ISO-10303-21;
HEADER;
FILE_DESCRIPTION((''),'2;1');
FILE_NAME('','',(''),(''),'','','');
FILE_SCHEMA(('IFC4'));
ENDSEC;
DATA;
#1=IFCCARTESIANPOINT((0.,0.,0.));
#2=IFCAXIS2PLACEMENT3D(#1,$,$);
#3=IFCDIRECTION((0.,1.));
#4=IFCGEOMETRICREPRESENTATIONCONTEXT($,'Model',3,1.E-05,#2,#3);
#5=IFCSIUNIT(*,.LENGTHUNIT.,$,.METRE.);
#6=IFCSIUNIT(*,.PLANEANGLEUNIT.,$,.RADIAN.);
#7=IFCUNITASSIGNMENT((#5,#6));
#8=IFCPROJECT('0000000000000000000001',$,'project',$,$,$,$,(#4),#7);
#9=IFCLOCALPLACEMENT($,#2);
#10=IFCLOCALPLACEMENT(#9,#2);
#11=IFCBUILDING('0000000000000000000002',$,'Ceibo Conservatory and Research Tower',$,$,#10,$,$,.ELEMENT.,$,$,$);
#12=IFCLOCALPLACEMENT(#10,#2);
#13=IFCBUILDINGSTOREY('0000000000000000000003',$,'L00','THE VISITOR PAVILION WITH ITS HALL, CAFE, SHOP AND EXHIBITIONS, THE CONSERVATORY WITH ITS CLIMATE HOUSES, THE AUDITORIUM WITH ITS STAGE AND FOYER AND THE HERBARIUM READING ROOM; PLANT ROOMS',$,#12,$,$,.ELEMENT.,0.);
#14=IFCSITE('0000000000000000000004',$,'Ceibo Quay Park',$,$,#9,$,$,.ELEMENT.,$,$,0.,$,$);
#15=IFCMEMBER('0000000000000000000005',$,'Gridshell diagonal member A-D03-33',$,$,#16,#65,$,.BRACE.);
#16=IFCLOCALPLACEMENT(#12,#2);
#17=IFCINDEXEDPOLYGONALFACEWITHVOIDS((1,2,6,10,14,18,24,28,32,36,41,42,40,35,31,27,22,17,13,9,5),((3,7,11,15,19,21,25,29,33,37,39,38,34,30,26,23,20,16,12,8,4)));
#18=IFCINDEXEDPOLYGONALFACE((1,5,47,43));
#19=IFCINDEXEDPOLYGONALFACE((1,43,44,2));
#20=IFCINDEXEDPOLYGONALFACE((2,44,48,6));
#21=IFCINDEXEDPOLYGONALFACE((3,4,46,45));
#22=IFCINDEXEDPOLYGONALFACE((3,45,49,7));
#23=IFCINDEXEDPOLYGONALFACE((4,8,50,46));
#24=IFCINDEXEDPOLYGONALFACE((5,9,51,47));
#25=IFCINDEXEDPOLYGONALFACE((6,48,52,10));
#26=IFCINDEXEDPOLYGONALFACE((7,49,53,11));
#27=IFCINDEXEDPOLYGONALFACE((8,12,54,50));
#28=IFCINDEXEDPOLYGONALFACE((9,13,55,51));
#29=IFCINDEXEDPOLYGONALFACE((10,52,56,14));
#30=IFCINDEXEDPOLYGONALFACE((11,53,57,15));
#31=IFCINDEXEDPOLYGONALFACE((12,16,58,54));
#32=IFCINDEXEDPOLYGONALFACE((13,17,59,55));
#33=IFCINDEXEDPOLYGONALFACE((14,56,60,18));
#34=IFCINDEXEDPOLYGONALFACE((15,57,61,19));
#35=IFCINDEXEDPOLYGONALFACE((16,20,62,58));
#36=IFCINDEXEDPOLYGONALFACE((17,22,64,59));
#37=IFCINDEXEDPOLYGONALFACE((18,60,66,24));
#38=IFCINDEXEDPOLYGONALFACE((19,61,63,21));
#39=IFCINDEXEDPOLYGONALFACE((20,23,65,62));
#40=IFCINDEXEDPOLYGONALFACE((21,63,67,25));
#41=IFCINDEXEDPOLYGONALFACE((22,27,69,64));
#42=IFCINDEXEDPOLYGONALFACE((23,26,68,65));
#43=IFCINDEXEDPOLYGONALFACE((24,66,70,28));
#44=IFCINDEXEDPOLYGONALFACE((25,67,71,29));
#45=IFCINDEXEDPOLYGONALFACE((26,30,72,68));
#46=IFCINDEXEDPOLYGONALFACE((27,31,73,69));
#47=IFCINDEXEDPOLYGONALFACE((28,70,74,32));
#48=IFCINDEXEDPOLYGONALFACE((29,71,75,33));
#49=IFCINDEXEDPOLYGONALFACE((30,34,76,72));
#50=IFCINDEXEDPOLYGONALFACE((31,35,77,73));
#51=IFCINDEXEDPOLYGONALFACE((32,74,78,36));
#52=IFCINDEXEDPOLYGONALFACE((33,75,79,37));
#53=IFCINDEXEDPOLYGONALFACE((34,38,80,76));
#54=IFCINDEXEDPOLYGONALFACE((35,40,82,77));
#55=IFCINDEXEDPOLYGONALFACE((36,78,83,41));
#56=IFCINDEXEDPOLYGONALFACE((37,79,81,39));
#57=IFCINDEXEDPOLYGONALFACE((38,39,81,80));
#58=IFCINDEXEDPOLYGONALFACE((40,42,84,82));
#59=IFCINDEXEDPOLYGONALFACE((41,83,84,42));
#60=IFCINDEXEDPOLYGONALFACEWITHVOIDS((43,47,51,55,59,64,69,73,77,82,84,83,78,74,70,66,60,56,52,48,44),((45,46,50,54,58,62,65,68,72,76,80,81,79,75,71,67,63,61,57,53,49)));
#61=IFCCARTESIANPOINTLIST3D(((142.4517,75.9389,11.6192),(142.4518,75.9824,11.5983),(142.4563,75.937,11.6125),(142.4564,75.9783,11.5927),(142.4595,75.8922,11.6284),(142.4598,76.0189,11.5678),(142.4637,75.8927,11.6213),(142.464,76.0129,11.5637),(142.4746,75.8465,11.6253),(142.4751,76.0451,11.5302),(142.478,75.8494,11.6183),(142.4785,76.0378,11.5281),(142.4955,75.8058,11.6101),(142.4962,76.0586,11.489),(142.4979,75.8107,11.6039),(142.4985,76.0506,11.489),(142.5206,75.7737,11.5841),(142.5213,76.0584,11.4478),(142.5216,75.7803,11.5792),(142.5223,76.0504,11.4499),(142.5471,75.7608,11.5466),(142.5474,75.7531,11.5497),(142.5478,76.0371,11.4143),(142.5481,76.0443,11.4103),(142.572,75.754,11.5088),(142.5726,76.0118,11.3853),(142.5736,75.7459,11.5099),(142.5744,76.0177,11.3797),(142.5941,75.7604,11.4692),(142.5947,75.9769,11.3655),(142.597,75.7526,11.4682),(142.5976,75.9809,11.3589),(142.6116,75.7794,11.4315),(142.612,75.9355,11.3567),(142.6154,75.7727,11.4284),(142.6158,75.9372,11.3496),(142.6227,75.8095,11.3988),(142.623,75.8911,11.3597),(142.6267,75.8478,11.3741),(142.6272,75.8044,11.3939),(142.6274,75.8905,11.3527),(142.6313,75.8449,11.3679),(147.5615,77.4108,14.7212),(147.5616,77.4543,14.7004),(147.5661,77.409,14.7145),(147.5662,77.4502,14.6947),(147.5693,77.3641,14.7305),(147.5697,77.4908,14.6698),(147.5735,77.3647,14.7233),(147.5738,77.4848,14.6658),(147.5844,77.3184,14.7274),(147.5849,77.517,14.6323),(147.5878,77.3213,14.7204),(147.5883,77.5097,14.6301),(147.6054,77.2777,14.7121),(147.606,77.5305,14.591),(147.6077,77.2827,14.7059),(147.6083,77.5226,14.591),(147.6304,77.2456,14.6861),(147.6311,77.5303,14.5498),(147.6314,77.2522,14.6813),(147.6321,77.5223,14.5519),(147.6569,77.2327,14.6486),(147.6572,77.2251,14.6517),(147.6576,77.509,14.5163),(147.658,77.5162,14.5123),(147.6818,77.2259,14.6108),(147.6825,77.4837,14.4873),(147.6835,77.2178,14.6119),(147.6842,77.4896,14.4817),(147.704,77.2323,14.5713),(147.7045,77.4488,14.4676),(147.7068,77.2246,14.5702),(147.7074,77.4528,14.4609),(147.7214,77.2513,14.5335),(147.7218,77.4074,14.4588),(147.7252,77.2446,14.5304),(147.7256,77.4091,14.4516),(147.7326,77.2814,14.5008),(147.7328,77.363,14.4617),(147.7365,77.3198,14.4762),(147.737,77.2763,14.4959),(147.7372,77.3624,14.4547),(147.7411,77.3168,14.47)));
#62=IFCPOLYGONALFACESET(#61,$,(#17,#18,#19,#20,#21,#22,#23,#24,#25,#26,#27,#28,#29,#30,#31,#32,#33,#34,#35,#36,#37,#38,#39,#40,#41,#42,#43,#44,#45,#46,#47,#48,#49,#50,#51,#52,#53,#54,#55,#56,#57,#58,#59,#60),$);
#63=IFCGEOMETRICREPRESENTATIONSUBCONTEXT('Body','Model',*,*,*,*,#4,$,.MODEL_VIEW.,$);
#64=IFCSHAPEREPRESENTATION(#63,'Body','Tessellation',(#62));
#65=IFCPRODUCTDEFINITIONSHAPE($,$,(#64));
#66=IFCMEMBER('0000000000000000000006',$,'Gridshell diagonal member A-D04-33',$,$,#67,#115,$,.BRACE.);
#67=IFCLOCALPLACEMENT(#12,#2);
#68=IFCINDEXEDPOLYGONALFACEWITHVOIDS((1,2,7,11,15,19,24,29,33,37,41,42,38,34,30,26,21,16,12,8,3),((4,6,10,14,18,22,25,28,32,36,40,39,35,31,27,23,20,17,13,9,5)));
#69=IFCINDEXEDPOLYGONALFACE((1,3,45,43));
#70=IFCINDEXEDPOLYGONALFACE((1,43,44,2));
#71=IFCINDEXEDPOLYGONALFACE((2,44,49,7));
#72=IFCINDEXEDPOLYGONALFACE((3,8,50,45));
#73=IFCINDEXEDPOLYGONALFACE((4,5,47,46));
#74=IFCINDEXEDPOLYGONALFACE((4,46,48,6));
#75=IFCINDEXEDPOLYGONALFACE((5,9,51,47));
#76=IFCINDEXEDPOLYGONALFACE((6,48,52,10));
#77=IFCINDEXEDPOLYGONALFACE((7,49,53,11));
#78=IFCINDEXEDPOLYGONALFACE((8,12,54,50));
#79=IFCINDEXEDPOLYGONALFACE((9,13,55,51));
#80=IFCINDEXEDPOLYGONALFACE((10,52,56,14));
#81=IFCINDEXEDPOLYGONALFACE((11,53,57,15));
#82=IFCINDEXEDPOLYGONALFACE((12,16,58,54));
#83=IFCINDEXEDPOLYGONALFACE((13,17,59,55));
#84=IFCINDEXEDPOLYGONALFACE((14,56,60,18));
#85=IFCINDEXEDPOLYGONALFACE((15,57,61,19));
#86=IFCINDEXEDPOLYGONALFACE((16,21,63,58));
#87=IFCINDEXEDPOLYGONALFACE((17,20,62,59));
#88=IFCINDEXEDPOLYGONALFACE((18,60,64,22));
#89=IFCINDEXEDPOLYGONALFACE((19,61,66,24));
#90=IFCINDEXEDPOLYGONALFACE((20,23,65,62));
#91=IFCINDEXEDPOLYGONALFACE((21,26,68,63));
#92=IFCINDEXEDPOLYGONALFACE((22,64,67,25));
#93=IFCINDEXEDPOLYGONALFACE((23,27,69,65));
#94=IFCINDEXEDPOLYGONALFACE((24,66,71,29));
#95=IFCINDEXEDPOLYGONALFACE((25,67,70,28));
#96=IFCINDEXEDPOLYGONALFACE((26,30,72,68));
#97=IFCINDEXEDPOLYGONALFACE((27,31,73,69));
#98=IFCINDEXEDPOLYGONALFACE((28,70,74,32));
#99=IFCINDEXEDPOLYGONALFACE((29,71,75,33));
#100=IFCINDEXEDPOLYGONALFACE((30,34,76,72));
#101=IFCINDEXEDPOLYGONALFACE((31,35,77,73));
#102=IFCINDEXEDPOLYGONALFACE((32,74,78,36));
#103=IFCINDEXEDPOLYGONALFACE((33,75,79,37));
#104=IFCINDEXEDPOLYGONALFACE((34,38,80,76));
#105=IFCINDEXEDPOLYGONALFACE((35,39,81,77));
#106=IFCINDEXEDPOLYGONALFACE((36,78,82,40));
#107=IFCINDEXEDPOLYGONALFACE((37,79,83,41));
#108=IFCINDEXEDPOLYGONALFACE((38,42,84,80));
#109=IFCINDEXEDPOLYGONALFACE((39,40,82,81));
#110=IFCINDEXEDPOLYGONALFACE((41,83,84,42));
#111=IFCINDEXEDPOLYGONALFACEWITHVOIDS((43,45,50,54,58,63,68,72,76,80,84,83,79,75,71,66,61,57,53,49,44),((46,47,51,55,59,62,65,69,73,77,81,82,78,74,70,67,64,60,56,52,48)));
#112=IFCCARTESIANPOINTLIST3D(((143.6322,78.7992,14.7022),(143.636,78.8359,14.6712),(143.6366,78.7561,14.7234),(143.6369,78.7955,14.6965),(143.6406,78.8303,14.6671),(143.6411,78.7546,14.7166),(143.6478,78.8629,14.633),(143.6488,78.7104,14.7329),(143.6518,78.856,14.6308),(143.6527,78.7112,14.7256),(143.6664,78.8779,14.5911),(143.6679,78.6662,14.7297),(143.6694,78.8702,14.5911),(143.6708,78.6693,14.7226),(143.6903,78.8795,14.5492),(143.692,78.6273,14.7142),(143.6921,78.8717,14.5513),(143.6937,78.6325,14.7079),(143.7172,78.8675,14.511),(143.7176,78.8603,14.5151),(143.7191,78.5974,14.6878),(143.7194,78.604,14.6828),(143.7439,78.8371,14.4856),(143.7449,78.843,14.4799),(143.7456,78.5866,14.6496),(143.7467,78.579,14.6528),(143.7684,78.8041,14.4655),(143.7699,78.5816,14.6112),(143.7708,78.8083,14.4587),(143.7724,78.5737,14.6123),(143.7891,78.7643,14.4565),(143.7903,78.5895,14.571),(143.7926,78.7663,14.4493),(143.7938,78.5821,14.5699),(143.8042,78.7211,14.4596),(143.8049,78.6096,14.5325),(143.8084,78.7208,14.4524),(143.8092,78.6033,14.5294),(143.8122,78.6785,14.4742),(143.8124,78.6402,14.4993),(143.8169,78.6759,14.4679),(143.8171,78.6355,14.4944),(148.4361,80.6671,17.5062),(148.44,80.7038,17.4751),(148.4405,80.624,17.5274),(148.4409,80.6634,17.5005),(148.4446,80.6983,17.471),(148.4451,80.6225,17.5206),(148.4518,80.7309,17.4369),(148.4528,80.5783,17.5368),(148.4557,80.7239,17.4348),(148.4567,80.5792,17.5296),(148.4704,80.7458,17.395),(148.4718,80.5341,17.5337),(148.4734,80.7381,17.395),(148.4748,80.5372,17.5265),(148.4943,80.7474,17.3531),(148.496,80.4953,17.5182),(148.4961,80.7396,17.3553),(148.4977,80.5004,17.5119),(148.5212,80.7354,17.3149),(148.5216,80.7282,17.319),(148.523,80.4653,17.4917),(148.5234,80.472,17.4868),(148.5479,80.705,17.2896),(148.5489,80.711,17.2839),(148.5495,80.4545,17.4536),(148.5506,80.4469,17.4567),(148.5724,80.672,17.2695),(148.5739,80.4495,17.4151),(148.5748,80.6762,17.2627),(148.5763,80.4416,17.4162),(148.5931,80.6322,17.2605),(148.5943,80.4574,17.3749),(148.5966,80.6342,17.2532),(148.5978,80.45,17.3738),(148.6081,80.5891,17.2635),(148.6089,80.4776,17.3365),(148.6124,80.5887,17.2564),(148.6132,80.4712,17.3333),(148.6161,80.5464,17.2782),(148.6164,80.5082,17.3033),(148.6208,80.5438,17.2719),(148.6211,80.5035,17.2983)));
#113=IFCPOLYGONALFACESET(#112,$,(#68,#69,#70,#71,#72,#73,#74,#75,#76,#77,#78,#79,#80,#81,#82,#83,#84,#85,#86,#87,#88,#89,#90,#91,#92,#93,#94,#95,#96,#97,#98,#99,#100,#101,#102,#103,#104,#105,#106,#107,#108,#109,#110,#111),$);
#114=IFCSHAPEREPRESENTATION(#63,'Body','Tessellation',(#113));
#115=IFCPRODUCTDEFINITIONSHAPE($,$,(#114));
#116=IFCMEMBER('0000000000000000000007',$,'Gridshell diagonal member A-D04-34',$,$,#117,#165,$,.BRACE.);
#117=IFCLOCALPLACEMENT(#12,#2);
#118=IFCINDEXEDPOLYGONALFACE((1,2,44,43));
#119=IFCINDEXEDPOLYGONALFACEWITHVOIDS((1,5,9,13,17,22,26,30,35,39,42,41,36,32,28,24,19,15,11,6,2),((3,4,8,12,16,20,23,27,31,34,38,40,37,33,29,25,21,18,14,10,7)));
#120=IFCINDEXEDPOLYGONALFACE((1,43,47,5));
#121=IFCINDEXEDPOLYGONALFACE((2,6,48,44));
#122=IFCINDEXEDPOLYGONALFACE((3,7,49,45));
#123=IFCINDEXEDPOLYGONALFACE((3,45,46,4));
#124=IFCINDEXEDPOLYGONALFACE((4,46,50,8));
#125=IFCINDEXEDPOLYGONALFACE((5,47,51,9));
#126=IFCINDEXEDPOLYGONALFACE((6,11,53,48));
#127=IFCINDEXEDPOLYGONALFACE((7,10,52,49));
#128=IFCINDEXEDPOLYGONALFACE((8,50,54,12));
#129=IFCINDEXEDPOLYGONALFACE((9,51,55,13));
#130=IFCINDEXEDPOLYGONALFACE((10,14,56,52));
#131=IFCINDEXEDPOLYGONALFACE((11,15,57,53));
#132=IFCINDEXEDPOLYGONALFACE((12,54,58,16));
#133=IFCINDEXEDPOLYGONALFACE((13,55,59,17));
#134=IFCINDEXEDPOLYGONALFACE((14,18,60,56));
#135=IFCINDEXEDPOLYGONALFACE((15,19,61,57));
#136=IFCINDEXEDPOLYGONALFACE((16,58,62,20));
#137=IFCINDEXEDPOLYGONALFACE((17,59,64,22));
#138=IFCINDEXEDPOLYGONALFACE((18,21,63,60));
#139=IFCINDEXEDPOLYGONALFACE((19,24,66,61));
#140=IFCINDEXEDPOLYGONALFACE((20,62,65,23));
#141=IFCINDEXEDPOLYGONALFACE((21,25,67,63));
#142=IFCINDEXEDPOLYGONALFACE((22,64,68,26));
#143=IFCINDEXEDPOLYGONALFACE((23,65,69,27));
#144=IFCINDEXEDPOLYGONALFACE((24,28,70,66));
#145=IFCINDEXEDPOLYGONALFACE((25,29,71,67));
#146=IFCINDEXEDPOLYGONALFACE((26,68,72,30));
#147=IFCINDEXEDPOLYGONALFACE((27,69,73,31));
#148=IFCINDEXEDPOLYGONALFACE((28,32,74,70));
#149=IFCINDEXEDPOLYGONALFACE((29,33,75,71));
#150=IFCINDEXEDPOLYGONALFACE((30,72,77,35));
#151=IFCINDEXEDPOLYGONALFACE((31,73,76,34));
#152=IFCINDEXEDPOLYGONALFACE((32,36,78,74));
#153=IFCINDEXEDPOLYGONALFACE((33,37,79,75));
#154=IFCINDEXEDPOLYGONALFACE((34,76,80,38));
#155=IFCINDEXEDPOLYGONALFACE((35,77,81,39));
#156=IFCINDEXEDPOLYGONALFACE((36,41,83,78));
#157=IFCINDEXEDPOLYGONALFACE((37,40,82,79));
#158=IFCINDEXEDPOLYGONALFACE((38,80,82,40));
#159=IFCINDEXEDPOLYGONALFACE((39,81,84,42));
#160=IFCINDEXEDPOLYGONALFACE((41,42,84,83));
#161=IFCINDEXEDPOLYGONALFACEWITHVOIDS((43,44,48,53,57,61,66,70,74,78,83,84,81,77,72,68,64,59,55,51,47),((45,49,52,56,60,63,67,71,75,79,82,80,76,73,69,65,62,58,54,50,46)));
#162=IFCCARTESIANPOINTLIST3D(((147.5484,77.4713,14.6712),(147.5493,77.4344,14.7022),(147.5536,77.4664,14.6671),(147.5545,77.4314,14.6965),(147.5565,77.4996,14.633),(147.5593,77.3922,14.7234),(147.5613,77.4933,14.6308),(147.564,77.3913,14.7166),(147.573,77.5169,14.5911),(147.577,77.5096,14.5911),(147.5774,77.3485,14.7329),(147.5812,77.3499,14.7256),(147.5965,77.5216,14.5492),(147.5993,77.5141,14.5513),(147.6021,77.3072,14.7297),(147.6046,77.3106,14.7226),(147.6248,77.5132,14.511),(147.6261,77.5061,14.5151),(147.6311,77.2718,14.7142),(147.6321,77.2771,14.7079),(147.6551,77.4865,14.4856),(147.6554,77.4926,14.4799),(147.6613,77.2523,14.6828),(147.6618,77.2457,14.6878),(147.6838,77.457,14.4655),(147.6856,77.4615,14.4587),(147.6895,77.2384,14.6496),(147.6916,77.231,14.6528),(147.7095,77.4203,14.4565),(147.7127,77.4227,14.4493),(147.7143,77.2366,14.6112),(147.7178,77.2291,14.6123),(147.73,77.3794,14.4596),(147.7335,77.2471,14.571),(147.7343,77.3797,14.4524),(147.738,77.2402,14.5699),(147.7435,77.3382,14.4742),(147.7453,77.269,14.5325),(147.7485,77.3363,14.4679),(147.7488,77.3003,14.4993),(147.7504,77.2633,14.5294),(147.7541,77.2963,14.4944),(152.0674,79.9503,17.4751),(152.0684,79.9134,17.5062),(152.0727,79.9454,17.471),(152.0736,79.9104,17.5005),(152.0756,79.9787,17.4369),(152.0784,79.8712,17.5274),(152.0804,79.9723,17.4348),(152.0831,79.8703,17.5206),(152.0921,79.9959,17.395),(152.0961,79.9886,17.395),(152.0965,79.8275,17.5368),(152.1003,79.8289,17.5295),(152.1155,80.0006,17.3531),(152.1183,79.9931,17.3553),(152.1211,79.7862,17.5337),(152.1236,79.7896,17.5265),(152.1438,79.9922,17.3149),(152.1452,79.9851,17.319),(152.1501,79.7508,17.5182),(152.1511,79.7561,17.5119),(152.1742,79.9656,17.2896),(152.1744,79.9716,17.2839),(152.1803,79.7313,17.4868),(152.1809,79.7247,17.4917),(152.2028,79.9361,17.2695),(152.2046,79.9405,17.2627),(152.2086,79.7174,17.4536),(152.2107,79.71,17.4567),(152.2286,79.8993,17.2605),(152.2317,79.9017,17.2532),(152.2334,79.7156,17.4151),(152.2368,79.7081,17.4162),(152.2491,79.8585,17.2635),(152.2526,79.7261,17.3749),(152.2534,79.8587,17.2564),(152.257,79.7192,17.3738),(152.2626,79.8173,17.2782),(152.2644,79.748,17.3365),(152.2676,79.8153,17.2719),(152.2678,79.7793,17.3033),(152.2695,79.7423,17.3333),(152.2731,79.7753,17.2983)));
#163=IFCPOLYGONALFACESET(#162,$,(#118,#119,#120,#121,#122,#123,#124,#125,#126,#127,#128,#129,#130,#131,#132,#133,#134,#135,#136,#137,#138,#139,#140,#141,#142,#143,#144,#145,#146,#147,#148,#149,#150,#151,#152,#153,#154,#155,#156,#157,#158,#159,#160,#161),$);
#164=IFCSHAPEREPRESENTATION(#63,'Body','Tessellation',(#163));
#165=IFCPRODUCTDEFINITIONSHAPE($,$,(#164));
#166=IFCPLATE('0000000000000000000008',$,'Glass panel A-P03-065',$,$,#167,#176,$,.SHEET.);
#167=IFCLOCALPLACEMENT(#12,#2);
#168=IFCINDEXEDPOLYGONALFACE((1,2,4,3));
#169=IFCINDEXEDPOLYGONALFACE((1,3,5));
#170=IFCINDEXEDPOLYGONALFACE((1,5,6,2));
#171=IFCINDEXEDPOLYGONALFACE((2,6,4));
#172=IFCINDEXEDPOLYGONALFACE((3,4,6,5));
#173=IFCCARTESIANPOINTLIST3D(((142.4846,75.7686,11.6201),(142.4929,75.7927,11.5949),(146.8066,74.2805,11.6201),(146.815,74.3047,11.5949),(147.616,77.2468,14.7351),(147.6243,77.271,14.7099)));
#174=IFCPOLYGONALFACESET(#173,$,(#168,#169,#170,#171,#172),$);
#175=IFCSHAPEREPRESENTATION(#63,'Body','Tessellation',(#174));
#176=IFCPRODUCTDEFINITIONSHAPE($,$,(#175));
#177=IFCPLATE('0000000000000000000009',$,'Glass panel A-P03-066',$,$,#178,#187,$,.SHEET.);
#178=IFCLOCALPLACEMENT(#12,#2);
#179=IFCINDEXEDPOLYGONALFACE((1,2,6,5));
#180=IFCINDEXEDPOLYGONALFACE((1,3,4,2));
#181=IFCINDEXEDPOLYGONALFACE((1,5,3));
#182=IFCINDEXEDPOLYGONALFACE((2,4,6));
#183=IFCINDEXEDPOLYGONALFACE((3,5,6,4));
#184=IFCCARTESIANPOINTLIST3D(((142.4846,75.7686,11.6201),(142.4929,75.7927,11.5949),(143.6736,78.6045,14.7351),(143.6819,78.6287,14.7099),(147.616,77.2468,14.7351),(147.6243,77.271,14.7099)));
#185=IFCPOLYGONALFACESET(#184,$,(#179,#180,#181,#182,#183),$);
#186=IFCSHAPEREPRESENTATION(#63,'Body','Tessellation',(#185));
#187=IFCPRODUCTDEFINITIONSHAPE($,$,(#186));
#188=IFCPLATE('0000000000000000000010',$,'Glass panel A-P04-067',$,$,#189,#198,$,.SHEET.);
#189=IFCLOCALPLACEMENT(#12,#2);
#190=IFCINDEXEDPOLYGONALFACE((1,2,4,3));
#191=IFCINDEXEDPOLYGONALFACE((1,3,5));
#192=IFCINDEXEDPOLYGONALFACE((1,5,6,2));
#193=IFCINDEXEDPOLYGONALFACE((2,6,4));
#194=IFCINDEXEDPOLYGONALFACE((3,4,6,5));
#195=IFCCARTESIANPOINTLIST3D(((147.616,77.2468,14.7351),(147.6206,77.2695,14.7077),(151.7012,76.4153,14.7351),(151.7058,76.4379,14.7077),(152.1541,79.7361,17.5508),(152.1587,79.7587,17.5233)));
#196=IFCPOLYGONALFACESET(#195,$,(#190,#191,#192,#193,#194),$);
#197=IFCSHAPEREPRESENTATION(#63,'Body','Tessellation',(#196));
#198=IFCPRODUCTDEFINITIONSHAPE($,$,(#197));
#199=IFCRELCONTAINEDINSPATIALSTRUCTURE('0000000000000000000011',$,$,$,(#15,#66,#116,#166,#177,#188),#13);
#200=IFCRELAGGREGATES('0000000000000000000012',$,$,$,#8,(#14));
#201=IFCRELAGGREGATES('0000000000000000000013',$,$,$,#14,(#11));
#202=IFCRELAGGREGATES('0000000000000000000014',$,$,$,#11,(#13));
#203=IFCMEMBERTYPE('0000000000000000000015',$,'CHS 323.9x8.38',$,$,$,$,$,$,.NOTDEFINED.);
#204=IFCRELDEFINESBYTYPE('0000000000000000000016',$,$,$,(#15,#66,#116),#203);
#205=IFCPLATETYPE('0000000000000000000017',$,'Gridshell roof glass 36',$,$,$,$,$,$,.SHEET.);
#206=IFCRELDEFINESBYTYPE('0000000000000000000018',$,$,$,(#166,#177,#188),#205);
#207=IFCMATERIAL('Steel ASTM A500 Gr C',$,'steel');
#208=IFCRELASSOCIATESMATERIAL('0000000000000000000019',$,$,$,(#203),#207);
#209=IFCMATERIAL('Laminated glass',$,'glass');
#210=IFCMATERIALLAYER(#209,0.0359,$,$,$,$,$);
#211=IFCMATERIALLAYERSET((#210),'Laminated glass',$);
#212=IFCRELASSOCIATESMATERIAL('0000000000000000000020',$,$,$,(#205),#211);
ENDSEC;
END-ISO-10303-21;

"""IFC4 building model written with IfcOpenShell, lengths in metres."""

from ifc_helpers import new_model, si_unit, direction, frame, origin, origin_2d, place, context, subcontext, project, spatial, polyline, hollow_circle, outline, extrude, material, layer, layer_set, material_profile, profile_set, type_object, element, save


model = new_model("IFC4")

# Units and contexts
model_context = context("Model", 3, precision=1e-05, world=origin(), true_north=direction((0.0, 1.0)))
body_context = subcontext(model_context, "Body", "Model", "MODEL_VIEW")
ifc_project = project(units=[si_unit("LENGTHUNIT", "METRE"), si_unit("PLANEANGLEUNIT", "RADIAN")], contexts=[model_context])

# Site, building, storey
site_placement = place(None, origin())
site = spatial("IfcSite", under=ifc_project, at=site_placement, Name="Ceibo Quay Park", CompositionType="ELEMENT", RefElevation=0.0)
building_placement = place(site_placement, origin())
building = spatial("IfcBuilding", under=site, at=building_placement, Name="Ceibo Conservatory and Research Tower", CompositionType="ELEMENT")
storey_placement = place(building_placement, origin())
storey = spatial("IfcBuildingStorey", under=building, at=storey_placement, Name="L00", Description="THE VISITOR PAVILION WITH ITS HALL, CAFE, SHOP AND EXHIBITIONS, THE CONSERVATORY WITH ITS CLIMATE HOUSES, THE AUDITORIUM WITH ITS STAGE AND FOYER AND THE HERBARIUM READING ROOM; PLANT ROOMS", CompositionType="ELEMENT", Elevation=0.0)

# Members
ifc_material_1 = material(Name="Steel ASTM A500 Gr C", Category="steel")
ifc_material_profile_1 = material_profile(ifc_material_1, hollow_circle(Radius=0.1619, WallThickness=0.0083, at=origin_2d()), Name="CHS 323.9x8.38")
ifc_profile_set_1 = profile_set([ifc_material_profile_1], Name="Steel ASTM A500 Gr C")
member_type_1 = type_object("IfcMemberType", Name="CHS 323.9x8.38", PredefinedType="NOTDEFINED", material=ifc_profile_set_1)
member_1_placement = place(storey_placement, frame((142.541, 75.9031, 11.489), z_axis=(0.830022, 0.239092, 0.503883), x_axis=(-0.2768, 0.960927, 0.0)))
element("IfcMember", 1, at=member_1_placement, inside=storey, type_object=member_type_1, Name="Gridshell diagonal member A-D03-33", PredefinedType="BRACE", context=body_context, shape_type="SweptSolid", body=[
    extrude(hollow_circle(Radius=0.1619, WallThickness=0.0083, at=origin_2d()), origin(), (0.0, 0.0, 1.0), 6.1562),
])
for number, where, z_axis, x_axis, name in (
    (2, (143.7251, 78.7271, 14.5911), (0.818719, 0.318342, 0.477867), (-0.362398, 0.932023, 0.0), "Gridshell diagonal member A-D04-33"),
    (3, (147.6509, 77.375, 14.5911), (0.770162, 0.422486, 0.477866), (-0.480955, 0.876745, 0.0), "Gridshell diagonal member A-D04-34"),
):
    element("IfcMember", number, at=place(storey_placement, frame(where, z_axis=z_axis, x_axis=x_axis)), inside=storey, type_object=member_type_1, Name=name, PredefinedType="BRACE", context=body_context, shape_type="SweptSolid", body=[
        extrude(hollow_circle(Radius=0.1619, WallThickness=0.0083, at=origin_2d()), origin(), (0.0, 0.0, 1.0), 5.8677),
    ])

# Plates
ifc_material_2 = material(Name="Laminated glass", Category="glass")
ifc_layer_1 = layer(ifc_material_2, 0.0359)
ifc_layer_set_1 = layer_set([ifc_layer_1], Name="Laminated glass")
plate_type = type_object("IfcPlateType", Name="Gridshell roof glass 36", PredefinedType="SHEET", material=ifc_layer_set_1)
plate_1_placement = place(storey_placement, frame((142.4846, 75.7686, 11.6201), z_axis=(-0.231926, -0.67363, 0.701735), x_axis=(0.945529, -0.325538, 0.0)))
element("IfcPlate", 4, at=plate_1_placement, inside=storey, type_object=plate_type, Name="Glass panel A-P03-065", PredefinedType="SHEET", context=body_context, shape_type="SweptSolid", body=[
    extrude(outline(polyline([(0.0, 0.0), (4.571, 0.0), (4.3706, 4.3723), (0.0, 0.0)])), origin(), (0.0, 0.0, -1.0), 0.0359),
])
plate_2_placement = place(storey_placement, frame((142.4846, 75.7686, 11.6201), z_axis=(-0.231964, -0.673577, 0.701774), x_axis=(0.830024, 0.239119, 0.503867)))
element("IfcPlate", 5, at=plate_2_placement, inside=storey, type_object=plate_type, Name="Glass panel A-P03-066", PredefinedType="SHEET", context=body_context, shape_type="SweptSolid", body=[
    extrude(outline(polyline([(0.0, 0.0), (6.1822, 0.0), (3.2345, 2.9491), (0.0, 0.0)])), origin(), (0.0, 0.0, -1.0), 0.0359),
])
plate_3_placement = place(storey_placement, frame((147.616, 77.2468, 14.7351), z_axis=(-0.128461, -0.631105, 0.764986), x_axis=(0.979906, -0.19946, 0.0)))
element("IfcPlate", 6, at=plate_3_placement, inside=storey, type_object=plate_type, Name="Glass panel A-P04-067", PredefinedType="SHEET", context=body_context, shape_type="SweptSolid", body=[
    extrude(outline(polyline([(0.0, 0.0), (4.169, 0.0), (3.9504, 4.3718), (0.0, 0.0)])), origin(), (0.0, 0.0, -1.0), 0.0359),
])

save(model, "model.ifc")
